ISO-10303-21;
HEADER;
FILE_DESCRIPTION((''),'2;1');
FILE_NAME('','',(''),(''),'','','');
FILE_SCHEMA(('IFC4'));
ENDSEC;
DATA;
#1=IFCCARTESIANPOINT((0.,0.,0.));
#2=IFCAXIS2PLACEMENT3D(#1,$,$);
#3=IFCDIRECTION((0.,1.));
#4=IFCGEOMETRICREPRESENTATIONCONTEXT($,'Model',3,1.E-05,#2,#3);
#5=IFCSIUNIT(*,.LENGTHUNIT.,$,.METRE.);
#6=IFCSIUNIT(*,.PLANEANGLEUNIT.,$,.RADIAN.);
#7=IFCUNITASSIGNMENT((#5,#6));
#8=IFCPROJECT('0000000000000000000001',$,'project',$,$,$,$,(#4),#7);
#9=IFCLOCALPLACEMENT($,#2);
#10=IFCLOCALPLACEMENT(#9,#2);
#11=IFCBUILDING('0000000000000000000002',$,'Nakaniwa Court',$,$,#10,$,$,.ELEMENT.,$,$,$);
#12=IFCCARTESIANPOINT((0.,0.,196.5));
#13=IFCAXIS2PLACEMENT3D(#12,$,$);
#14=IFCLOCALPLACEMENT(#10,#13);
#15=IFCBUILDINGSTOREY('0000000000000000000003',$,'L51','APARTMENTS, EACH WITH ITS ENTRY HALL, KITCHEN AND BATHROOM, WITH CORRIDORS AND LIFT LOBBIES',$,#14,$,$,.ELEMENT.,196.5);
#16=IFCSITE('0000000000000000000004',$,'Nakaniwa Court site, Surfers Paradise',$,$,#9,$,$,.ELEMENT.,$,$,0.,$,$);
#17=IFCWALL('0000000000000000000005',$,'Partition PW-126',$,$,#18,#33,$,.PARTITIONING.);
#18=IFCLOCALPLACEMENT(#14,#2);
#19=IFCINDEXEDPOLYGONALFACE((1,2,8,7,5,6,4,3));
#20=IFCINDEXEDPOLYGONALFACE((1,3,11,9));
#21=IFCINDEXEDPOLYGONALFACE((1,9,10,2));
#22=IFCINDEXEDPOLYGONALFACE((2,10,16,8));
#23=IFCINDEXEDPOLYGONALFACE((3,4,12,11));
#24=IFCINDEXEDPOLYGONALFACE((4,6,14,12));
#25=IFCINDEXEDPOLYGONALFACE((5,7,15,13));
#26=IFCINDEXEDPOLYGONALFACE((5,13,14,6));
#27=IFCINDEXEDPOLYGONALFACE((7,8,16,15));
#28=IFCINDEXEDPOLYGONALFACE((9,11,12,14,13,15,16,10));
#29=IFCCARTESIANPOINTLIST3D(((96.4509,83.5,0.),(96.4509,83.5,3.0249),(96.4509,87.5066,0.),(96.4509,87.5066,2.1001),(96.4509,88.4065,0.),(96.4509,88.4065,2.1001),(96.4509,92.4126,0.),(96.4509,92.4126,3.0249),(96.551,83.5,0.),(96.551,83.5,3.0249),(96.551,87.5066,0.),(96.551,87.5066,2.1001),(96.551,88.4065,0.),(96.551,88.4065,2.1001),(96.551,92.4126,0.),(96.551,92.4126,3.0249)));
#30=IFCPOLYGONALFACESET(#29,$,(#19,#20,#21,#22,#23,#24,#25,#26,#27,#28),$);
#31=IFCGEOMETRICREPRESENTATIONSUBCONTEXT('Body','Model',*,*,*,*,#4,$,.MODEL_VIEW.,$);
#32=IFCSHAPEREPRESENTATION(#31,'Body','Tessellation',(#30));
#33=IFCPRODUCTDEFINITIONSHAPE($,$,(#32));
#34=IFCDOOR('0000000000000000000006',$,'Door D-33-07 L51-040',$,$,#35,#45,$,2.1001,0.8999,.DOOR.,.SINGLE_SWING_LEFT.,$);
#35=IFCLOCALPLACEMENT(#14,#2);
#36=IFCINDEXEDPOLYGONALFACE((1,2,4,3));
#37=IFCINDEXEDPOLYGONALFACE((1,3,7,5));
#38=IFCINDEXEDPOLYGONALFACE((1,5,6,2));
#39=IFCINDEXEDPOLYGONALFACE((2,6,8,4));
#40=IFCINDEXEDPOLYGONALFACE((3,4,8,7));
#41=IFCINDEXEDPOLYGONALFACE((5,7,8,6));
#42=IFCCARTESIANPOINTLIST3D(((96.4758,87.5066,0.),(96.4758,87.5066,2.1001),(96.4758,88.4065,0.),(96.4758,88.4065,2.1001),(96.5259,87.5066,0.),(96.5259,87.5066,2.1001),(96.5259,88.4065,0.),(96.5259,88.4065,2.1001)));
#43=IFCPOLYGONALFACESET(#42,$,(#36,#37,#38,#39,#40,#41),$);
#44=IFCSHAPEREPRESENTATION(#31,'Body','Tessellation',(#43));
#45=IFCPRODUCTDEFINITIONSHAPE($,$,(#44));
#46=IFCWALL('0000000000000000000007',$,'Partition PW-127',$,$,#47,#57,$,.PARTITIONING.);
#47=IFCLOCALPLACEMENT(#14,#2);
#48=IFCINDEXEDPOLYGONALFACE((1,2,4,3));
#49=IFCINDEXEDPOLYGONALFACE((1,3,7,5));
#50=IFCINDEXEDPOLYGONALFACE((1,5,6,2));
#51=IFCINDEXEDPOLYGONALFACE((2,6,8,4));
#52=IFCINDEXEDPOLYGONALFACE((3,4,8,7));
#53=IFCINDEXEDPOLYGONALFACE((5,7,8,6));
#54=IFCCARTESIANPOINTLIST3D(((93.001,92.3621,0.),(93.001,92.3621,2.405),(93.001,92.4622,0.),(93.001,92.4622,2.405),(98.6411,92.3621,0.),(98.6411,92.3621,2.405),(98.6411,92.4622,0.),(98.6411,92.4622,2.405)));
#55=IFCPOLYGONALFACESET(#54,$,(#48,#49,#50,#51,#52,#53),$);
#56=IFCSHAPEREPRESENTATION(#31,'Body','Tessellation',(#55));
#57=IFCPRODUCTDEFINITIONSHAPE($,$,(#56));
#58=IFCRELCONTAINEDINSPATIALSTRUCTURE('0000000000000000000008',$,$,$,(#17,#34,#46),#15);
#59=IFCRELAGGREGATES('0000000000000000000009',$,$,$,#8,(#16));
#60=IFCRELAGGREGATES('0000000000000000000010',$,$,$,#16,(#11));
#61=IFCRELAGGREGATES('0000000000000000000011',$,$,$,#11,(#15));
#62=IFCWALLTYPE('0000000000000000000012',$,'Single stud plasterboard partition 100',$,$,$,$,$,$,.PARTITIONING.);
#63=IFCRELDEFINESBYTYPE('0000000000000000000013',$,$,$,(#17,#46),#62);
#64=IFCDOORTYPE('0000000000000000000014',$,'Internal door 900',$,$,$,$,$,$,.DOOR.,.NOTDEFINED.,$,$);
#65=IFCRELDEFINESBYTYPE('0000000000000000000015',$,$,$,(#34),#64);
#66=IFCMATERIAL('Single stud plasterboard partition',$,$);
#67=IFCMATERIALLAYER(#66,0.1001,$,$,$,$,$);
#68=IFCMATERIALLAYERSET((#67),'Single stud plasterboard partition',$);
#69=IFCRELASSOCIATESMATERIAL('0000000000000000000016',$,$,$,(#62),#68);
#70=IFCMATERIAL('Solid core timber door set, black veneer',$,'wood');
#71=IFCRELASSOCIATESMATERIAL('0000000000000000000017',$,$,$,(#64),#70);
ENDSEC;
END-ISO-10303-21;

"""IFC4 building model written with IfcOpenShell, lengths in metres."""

from ifc_helpers import new_model, si_unit, direction, frame, frame_2d, origin, place, context, subcontext, project, spatial, rectangle, extrude, material, layer, layer_set, type_object, element, fill, save


model = new_model("IFC4")

# Units and contexts
model_context = context("Model", 3, precision=1e-05, world=origin(), true_north=direction((0.0, 1.0)))
body_context = subcontext(model_context, "Body", "Model", "MODEL_VIEW")
ifc_project = project(units=[si_unit("LENGTHUNIT", "METRE"), si_unit("PLANEANGLEUNIT", "RADIAN")], contexts=[model_context])

# Site, building, storey
site_placement = place(None, origin())
site = spatial("IfcSite", under=ifc_project, at=site_placement, Name="Nakaniwa Court site, Surfers Paradise", CompositionType="ELEMENT", RefElevation=0.0)
building_placement = place(site_placement, origin())
building = spatial("IfcBuilding", under=site, at=building_placement, Name="Nakaniwa Court", CompositionType="ELEMENT")
storey_placement = place(building_placement, frame((0.0, 0.0, 196.5)))
storey = spatial("IfcBuildingStorey", under=building, at=storey_placement, Name="L51", Description="APARTMENTS, EACH WITH ITS ENTRY HALL, KITCHEN AND BATHROOM, WITH CORRIDORS AND LIFT LOBBIES", CompositionType="ELEMENT", Elevation=196.5)

# Shared definitions
ifc_material_1 = material(Name="Solid core timber door set, black veneer", Category="wood")

# Wall, opening, door
ifc_material_2 = material(Name="Single stud plasterboard partition")
ifc_layer_1 = layer(ifc_material_2, 0.1001)
ifc_layer_set_1 = layer_set([ifc_layer_1], Name="Single stud plasterboard partition")
wall_type_1 = type_object("IfcWallType", Name="Single stud plasterboard partition 100", PredefinedType="PARTITIONING", material=ifc_layer_set_1)
wall_1_placement = place(storey_placement, frame((96.501, 92.4126, 0.0), z_axis=(0.0, 0.0, 1.0), x_axis=(0.0, -1.0, 0.0)))
wall_1 = element("IfcWall", 1, at=wall_1_placement, inside=storey, type_object=wall_type_1, Name="Partition PW-126", PredefinedType="PARTITIONING", context=body_context, shape_type="SweptSolid", body=[
    extrude(rectangle(XDim=8.9126, YDim=0.1001, at=frame_2d((4.4563, 0.0))), origin(), (0.0, 0.0, 1.0), 3.0249),
])
opening_1_placement = place(wall_1_placement, frame((4.0061, 0.0, 0.0)))
opening_1 = element("IfcOpeningElement", 2, at=opening_1_placement, cuts=wall_1, PredefinedType="OPENING", context=body_context, shape_type="SweptSolid", body=[
    extrude(rectangle(XDim=0.8999, YDim=2.1001, at=frame_2d((0.45, 1.05))), frame((0.0, 0.0601, 0.0), z_axis=(0.0, -1.0, 0.0), x_axis=(1.0, 0.0, 0.0)), (0.0, 0.0, 1.0), 0.1201),
])
door_type_1 = type_object("IfcDoorType", Name="Internal door 900", OperationType="NOTDEFINED", PredefinedType="DOOR", material=ifc_material_1)
door_1_placement = place(opening_1_placement, origin())
door_1 = element("IfcDoor", 3, at=door_1_placement, inside=storey, type_object=door_type_1, Name="Door D-33-07 L51-040", OperationType="SINGLE_SWING_LEFT", OverallHeight=2.1001, OverallWidth=0.8999, PredefinedType="DOOR", context=body_context, shape_type="SweptSolid", body=[
    extrude(rectangle(XDim=0.8999, YDim=2.1001, at=frame_2d((0.45, 1.05))), frame((0.0, 0.0249, 0.0), z_axis=(0.0, -1.0, 0.0), x_axis=(1.0, 0.0, 0.0)), (0.0, 0.0, 1.0), 0.05),
])
fill(opening_1, door_1)

# Wall
wall_2_placement = place(storey_placement, frame((93.001, 92.4121, 0.0), z_axis=(0.0, 0.0, 1.0), x_axis=(1.0, 0.0, 0.0)))
element("IfcWall", 4, at=wall_2_placement, inside=storey, type_object=wall_type_1, Name="Partition PW-127", PredefinedType="PARTITIONING", context=body_context, shape_type="SweptSolid", body=[
    extrude(rectangle(XDim=5.6401, YDim=0.1001, at=frame_2d((2.8201, 0.0))), origin(), (0.0, 0.0, 1.0), 2.405),
])

save(model, "model.ifc")
